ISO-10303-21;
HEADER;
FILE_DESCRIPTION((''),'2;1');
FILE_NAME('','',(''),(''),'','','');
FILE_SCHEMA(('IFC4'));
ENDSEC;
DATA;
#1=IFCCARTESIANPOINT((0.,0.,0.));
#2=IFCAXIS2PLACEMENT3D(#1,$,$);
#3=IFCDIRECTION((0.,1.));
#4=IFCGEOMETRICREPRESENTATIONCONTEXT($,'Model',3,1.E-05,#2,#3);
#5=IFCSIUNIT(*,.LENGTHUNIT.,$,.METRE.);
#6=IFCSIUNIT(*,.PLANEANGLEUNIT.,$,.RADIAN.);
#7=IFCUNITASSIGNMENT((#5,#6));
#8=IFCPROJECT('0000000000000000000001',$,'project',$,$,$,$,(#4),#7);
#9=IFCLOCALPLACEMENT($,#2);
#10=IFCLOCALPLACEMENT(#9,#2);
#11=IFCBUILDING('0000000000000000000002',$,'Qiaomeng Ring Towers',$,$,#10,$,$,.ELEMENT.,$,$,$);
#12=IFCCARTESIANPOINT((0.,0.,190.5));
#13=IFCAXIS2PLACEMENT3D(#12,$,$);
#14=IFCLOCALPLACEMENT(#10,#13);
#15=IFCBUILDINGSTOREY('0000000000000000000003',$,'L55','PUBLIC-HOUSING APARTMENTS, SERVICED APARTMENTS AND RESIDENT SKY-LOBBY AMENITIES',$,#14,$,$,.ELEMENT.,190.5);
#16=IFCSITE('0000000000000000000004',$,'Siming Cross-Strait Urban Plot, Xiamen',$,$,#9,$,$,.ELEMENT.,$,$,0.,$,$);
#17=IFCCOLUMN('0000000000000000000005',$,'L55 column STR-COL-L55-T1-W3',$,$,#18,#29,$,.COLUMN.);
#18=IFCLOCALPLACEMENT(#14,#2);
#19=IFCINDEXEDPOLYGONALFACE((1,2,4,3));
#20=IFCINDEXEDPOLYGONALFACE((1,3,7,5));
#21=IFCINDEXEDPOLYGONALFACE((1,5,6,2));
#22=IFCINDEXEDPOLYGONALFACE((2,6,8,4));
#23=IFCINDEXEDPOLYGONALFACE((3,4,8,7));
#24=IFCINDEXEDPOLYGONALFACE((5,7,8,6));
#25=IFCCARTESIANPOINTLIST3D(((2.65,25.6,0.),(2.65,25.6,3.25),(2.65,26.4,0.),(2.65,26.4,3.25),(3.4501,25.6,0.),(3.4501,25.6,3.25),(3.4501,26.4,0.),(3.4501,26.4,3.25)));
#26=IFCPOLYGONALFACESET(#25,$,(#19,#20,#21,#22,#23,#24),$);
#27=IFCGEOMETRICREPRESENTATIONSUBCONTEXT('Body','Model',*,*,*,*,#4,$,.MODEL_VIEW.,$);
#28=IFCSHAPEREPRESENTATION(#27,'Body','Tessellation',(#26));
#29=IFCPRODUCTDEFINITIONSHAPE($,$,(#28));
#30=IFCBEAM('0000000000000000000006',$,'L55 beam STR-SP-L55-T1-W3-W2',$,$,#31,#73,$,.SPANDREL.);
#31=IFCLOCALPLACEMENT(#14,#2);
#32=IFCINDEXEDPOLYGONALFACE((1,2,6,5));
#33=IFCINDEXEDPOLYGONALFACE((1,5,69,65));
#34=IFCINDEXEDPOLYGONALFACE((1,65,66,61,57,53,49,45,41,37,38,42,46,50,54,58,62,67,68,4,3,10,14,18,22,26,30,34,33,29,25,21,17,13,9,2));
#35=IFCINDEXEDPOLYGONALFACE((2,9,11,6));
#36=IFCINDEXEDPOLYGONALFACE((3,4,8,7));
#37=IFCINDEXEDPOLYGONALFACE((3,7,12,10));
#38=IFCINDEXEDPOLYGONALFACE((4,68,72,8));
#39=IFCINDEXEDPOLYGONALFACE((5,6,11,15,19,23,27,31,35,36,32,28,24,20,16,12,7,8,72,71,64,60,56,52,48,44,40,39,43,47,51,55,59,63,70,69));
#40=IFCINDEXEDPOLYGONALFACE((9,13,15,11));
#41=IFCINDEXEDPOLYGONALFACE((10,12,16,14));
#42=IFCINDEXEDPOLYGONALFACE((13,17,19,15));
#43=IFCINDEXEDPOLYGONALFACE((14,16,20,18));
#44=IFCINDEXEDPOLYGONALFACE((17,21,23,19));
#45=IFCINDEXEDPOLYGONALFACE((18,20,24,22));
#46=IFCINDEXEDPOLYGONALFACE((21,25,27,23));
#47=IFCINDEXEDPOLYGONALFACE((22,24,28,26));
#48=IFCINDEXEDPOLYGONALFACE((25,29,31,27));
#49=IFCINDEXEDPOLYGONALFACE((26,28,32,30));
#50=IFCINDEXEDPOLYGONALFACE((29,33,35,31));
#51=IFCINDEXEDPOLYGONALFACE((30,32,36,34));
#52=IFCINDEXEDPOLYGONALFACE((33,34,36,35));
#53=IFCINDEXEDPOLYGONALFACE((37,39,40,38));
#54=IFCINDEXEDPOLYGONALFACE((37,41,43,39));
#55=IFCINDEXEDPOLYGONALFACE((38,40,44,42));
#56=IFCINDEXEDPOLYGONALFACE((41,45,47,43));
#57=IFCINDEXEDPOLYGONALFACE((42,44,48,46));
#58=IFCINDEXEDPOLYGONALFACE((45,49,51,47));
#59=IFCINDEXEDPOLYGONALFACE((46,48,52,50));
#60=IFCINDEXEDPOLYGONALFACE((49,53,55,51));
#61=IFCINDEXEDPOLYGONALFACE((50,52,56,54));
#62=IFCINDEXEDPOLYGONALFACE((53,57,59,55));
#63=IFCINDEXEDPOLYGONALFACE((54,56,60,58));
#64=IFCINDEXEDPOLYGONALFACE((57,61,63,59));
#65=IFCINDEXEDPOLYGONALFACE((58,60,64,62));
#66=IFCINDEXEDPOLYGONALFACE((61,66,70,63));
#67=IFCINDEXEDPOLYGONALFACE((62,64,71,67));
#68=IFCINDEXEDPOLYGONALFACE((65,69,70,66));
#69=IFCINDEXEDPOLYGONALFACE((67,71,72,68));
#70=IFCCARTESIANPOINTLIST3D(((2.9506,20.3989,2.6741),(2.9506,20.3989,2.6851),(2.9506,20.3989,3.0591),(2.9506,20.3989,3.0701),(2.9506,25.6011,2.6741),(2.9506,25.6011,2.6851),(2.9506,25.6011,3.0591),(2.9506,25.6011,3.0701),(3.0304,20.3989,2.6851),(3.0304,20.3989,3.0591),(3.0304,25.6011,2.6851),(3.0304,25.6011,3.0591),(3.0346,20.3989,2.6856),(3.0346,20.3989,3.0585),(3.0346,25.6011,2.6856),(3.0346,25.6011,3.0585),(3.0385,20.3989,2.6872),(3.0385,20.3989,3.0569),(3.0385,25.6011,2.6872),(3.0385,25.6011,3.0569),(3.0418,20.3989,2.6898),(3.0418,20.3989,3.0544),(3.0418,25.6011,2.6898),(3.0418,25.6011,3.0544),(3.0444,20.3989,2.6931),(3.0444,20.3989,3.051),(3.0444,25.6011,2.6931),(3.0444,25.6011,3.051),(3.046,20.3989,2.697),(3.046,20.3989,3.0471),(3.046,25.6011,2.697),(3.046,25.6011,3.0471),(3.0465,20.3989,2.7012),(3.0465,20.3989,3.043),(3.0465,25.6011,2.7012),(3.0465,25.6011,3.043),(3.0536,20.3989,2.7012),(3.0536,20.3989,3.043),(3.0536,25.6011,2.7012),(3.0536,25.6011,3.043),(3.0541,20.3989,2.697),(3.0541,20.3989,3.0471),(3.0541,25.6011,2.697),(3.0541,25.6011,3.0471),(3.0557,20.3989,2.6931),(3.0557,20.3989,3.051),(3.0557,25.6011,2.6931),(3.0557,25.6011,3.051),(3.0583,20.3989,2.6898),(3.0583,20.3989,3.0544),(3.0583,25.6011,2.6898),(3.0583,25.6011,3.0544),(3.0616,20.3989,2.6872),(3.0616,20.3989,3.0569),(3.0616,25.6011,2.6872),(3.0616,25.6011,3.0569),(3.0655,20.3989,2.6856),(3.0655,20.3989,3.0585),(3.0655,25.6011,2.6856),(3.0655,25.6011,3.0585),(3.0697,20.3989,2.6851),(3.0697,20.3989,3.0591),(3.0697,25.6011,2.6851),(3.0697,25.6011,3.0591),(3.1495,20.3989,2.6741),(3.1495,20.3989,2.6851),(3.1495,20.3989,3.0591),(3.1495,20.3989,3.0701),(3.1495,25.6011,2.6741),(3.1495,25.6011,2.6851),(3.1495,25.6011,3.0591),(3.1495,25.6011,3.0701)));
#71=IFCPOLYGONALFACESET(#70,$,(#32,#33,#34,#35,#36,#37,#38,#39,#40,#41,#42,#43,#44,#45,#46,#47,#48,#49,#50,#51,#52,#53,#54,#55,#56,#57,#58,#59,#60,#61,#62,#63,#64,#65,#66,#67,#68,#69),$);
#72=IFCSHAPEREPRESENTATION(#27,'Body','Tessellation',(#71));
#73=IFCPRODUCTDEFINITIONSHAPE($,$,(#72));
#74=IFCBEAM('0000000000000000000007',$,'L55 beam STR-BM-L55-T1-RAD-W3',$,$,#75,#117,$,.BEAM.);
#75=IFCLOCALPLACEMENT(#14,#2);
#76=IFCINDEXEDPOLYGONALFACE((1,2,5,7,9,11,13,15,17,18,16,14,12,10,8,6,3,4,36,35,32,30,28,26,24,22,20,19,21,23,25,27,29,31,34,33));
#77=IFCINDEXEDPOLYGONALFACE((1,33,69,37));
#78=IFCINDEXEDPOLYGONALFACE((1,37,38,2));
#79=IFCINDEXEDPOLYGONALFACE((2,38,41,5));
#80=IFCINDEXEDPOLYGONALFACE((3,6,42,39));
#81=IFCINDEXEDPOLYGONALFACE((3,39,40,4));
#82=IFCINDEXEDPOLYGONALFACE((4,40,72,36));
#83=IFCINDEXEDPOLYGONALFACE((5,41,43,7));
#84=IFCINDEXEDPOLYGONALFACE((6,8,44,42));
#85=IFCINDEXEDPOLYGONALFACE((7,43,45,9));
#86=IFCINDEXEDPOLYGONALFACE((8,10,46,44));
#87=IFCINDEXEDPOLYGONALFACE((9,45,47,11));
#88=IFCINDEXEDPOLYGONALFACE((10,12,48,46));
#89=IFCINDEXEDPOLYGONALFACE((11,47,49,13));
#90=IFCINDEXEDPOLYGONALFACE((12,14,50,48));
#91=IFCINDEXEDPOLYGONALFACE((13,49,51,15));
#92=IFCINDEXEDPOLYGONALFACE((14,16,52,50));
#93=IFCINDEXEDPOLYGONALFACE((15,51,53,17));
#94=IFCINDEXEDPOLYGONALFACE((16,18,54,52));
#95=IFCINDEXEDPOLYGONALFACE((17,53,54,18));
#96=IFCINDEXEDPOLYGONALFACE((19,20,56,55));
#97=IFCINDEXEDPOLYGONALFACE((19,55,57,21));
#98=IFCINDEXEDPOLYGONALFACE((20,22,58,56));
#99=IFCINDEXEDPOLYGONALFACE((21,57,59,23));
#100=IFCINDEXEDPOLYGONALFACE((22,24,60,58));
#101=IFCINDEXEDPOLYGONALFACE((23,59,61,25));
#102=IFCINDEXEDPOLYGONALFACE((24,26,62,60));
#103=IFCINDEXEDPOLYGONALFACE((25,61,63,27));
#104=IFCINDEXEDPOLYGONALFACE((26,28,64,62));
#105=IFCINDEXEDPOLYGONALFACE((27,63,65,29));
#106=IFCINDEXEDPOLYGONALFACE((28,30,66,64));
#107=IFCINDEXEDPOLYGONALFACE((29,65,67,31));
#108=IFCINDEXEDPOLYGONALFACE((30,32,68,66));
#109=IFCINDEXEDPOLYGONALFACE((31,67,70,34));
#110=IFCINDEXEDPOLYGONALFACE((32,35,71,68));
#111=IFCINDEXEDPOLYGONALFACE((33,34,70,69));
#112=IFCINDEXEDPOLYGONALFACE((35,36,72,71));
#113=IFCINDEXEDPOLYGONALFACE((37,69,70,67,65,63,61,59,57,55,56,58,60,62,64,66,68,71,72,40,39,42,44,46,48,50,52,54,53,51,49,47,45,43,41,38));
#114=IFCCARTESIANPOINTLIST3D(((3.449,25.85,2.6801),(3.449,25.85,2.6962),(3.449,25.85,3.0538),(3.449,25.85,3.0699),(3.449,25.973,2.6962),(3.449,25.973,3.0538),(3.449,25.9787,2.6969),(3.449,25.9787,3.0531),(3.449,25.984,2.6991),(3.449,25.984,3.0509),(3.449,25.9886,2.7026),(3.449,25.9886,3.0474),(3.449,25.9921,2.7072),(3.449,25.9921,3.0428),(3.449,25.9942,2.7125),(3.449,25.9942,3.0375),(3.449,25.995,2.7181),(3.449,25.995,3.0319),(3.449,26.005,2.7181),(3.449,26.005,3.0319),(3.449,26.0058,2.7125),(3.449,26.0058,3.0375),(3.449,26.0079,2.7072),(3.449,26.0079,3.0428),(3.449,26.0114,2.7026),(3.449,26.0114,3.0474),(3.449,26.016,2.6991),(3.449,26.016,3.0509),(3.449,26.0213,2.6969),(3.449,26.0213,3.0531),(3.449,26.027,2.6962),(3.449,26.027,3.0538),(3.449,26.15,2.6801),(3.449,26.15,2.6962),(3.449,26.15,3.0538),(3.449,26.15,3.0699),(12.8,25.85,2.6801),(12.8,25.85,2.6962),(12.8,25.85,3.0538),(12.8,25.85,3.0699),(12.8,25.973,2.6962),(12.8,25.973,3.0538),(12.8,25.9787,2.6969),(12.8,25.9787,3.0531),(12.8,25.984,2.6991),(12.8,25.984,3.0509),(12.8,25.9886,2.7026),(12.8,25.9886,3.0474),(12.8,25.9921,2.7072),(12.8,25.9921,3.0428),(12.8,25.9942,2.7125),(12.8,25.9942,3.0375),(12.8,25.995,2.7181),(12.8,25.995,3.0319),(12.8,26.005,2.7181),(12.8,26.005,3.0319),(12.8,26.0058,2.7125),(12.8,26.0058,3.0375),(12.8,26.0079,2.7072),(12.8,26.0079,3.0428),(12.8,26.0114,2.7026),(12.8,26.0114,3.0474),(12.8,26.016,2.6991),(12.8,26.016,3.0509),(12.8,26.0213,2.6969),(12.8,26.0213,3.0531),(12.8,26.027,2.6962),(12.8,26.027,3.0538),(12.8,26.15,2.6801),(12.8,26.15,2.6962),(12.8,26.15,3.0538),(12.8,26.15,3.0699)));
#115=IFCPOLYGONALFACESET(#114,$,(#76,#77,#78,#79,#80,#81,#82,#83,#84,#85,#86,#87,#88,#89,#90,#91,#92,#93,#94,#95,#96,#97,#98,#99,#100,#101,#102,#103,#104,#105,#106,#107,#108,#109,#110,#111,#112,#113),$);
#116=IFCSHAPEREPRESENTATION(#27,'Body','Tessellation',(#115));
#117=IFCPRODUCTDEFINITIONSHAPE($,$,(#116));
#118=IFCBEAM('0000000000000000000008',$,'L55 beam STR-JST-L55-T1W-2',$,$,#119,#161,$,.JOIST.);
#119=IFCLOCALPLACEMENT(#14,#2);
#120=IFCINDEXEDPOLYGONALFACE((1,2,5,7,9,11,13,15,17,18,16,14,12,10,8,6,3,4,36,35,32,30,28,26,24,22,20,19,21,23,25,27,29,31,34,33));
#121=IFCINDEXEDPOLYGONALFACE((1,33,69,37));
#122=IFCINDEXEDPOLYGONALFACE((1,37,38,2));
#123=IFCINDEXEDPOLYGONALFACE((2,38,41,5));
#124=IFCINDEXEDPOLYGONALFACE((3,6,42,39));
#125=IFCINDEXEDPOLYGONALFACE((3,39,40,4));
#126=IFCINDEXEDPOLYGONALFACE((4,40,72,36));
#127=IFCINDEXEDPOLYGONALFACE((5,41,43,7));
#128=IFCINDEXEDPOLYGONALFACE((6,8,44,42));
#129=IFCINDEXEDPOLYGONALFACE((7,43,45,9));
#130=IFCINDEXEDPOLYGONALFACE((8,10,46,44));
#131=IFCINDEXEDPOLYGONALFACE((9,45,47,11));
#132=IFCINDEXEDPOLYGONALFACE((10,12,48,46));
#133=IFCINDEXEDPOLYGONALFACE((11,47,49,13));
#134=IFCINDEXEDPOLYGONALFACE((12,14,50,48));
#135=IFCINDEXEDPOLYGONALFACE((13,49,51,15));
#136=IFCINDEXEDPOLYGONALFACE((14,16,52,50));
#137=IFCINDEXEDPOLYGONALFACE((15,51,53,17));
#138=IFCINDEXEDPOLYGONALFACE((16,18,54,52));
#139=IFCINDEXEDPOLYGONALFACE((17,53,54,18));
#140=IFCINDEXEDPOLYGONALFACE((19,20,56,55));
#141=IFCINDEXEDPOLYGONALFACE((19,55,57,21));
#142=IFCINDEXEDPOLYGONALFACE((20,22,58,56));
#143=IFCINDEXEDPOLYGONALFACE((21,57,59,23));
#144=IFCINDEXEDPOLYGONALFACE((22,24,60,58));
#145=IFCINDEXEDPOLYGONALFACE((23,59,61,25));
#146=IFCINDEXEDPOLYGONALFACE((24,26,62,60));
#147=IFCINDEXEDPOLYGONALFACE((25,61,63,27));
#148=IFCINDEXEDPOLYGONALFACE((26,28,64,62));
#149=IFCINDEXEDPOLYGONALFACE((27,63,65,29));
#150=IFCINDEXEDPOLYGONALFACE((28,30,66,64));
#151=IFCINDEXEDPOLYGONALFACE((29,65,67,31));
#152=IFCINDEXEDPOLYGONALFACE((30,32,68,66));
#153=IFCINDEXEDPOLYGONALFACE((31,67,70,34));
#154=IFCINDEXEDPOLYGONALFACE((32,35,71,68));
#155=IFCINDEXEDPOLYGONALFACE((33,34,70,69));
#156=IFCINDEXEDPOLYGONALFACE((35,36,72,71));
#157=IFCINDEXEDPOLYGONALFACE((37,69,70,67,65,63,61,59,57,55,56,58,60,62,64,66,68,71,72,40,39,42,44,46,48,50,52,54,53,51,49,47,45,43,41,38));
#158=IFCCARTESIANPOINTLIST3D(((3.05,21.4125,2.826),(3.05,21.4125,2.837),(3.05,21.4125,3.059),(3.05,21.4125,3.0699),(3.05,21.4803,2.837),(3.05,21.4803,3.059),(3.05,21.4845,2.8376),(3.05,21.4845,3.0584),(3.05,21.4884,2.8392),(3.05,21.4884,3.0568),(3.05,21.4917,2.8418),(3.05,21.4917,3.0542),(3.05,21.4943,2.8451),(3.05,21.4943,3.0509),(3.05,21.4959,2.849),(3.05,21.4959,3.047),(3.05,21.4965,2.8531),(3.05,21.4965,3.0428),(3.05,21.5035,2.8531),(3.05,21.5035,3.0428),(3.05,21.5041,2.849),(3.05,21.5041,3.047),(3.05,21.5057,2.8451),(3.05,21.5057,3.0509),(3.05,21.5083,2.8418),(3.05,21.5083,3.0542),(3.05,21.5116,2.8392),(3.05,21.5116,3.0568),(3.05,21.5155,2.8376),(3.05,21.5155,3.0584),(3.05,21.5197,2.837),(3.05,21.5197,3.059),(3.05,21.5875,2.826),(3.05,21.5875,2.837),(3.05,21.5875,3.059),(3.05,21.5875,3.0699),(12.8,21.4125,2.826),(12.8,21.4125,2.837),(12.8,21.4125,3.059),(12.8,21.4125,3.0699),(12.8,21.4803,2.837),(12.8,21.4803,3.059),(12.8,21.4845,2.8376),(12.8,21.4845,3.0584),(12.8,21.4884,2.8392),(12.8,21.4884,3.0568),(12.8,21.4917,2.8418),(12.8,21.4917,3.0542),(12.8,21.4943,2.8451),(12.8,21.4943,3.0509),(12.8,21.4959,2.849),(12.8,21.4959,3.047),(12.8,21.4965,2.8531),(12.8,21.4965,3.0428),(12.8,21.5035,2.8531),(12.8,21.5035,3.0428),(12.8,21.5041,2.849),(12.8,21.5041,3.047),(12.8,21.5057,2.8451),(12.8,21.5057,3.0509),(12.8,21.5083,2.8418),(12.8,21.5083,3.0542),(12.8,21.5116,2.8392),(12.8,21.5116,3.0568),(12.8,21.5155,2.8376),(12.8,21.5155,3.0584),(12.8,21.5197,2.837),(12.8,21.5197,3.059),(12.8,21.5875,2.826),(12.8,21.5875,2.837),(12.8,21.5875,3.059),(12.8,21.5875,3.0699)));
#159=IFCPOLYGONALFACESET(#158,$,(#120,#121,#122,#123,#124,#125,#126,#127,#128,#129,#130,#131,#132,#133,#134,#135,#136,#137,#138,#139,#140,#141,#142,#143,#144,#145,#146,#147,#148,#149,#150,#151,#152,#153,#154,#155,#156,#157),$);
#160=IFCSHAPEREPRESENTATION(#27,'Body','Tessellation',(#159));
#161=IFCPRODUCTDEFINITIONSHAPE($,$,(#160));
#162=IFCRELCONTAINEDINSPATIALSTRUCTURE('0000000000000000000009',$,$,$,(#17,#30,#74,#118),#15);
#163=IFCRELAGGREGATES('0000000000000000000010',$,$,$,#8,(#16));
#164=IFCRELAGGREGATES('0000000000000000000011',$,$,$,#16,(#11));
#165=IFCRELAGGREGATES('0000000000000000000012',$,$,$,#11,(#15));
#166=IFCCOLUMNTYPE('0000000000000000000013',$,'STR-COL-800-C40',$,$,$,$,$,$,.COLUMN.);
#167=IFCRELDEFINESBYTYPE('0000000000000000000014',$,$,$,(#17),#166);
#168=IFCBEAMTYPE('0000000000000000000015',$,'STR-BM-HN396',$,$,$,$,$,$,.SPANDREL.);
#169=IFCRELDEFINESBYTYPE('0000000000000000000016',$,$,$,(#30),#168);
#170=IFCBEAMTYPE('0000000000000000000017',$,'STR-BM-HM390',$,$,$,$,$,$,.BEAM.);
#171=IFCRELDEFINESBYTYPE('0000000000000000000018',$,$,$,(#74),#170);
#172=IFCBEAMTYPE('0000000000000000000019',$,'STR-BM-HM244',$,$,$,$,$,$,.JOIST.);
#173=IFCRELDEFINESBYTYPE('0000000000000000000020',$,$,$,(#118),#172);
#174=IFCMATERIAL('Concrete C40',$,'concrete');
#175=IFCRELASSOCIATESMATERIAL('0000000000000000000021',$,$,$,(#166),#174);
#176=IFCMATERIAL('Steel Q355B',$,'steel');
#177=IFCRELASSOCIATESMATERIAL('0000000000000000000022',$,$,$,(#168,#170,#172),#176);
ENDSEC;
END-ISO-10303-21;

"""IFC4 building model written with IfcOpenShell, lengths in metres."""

from ifc_helpers import new_model, si_unit, direction, frame, origin, origin_2d, place, context, subcontext, project, spatial, rectangle, i_section, extrude, source, transform, mapped, material, material_profile, profile_set, type_object, element, save


model = new_model("IFC4")

# Units and contexts
model_context = context("Model", 3, precision=1e-05, world=origin(), true_north=direction((0.0, 1.0)))
body_context = subcontext(model_context, "Body", "Model", "MODEL_VIEW")
ifc_project = project(units=[si_unit("LENGTHUNIT", "METRE"), si_unit("PLANEANGLEUNIT", "RADIAN")], contexts=[model_context])

# Site, building, storey
site_placement = place(None, origin())
site = spatial("IfcSite", under=ifc_project, at=site_placement, Name="Siming Cross-Strait Urban Plot, Xiamen", CompositionType="ELEMENT", RefElevation=0.0)
building_placement = place(site_placement, origin())
building = spatial("IfcBuilding", under=site, at=building_placement, Name="Qiaomeng Ring Towers", CompositionType="ELEMENT")
storey_placement = place(building_placement, frame((0.0, 0.0, 190.5)))
storey = spatial("IfcBuildingStorey", under=building, at=storey_placement, Name="L55", Description="PUBLIC-HOUSING APARTMENTS, SERVICED APARTMENTS AND RESIDENT SKY-LOBBY AMENITIES", CompositionType="ELEMENT", Elevation=190.5)

# Column
ifc_material_1 = material(Name="Concrete C40", Category="concrete")
ifc_material_profile_1 = material_profile(ifc_material_1, rectangle(XDim=0.8, YDim=0.8, at=origin_2d()), Name="RC COL 800x800")
ifc_profile_set_1 = profile_set([ifc_material_profile_1], Name="Concrete C40")
column_type = type_object("IfcColumnType", Name="STR-COL-800-C40", PredefinedType="COLUMN", material=ifc_profile_set_1)
shared_shape_1 = source(origin(), body_context, "Body", "SweptSolid", [
    extrude(rectangle(XDim=0.8, YDim=0.8, at=origin_2d()), origin(), (0.0, 0.0, 1.0), 3.25),
])
column_placement = place(storey_placement, frame((3.05, 26.0, 0.0), z_axis=(0.0, 0.0, 1.0), x_axis=(1.0, 0.0, 0.0)))
element("IfcColumn", 1, at=column_placement, inside=storey, type_object=column_type, Name="L55 column STR-COL-L55-T1-W3", PredefinedType="COLUMN", context=body_context, shape_type="MappedRepresentation", body=[
    mapped(shared_shape_1, transform((0.0, 0.0, 0.0), x_axis=(1.0, 0.0, 0.0), y_axis=(0.0, 1.0, 0.0), z_axis=(0.0, 0.0, 1.0), scale=1.0)),
])

# Beams
ifc_material_2 = material(Name="Steel Q355B", Category="steel")
ifc_material_profile_2 = material_profile(ifc_material_2, i_section(OverallWidth=0.199, OverallDepth=0.396, WebThickness=0.0071, FlangeThickness=0.011, FilletRadius=0.0161, at=origin_2d()), Name="HN 396x199x7x11")
ifc_profile_set_2 = profile_set([ifc_material_profile_2], Name="Steel Q355B")
beam_type_1 = type_object("IfcBeamType", Name="STR-BM-HN396", PredefinedType="SPANDREL", material=ifc_profile_set_2)
shared_shape_2 = source(origin(), body_context, "Body", "SweptSolid", [
    extrude(i_section(OverallWidth=0.199, OverallDepth=0.396, WebThickness=0.0071, FlangeThickness=0.011, FilletRadius=0.0161, at=origin_2d()), origin(), (0.0, 0.0, 1.0), 5.2021),
])
beam_1_placement = place(storey_placement, frame((3.05, 25.6011, 2.8721), z_axis=(0.0, -1.0, 0.0), x_axis=(1.0, 0.0, 0.0)))
element("IfcBeam", 2, at=beam_1_placement, inside=storey, type_object=beam_type_1, Name="L55 beam STR-SP-L55-T1-W3-W2", PredefinedType="SPANDREL", context=body_context, shape_type="MappedRepresentation", body=[
    mapped(shared_shape_2, transform((0.0, 0.0, 0.0), x_axis=(1.0, 0.0, 0.0), y_axis=(0.0, 1.0, 0.0), z_axis=(0.0, 0.0, 1.0), scale=1.0)),
])
ifc_material_profile_3 = material_profile(ifc_material_2, i_section(OverallWidth=0.3, OverallDepth=0.3899, WebThickness=0.01, FlangeThickness=0.0161, FilletRadius=0.022, at=origin_2d()), Name="HM 390x300x10x16")
ifc_profile_set_3 = profile_set([ifc_material_profile_3], Name="Steel Q355B")
beam_type_2 = type_object("IfcBeamType", Name="STR-BM-HM390", PredefinedType="BEAM", material=ifc_profile_set_3)
shared_shape_3 = source(origin(), body_context, "Body", "SweptSolid", [
    extrude(i_section(OverallWidth=0.3, OverallDepth=0.3899, WebThickness=0.01, FlangeThickness=0.0161, FilletRadius=0.022, at=origin_2d()), origin(), (0.0, 0.0, 1.0), 9.3511),
])
beam_2_placement = place(storey_placement, frame((3.449, 26.0, 2.875), z_axis=(1.0, 0.0, 0.0), x_axis=(0.0, 1.0, 0.0)))
element("IfcBeam", 3, at=beam_2_placement, inside=storey, type_object=beam_type_2, Name="L55 beam STR-BM-L55-T1-RAD-W3", PredefinedType="BEAM", context=body_context, shape_type="MappedRepresentation", body=[
    mapped(shared_shape_3, transform((0.0, 0.0, 0.0), x_axis=(1.0, 0.0, 0.0), y_axis=(0.0, 1.0, 0.0), z_axis=(0.0, 0.0, 1.0), scale=1.0)),
])
ifc_material_profile_4 = material_profile(ifc_material_2, i_section(OverallWidth=0.175, OverallDepth=0.2439, WebThickness=0.0071, FlangeThickness=0.011, FilletRadius=0.0161, at=origin_2d()), Name="HM 244x175x7x11")
ifc_profile_set_4 = profile_set([ifc_material_profile_4], Name="Steel Q355B")
beam_type_3 = type_object("IfcBeamType", Name="STR-BM-HM244", PredefinedType="JOIST", material=ifc_profile_set_4)
shared_shape_4 = source(origin(), body_context, "Body", "SweptSolid", [
    extrude(i_section(OverallWidth=0.175, OverallDepth=0.2439, WebThickness=0.0071, FlangeThickness=0.011, FilletRadius=0.0161, at=origin_2d()), origin(), (0.0, 0.0, 1.0), 9.75),
])
for number, where, z_axis, x_axis, name in (
    (4, (3.05, 21.5, 2.948), (1.0, 0.0, 0.0), (0.0, 1.0, 0.0), "L55 beam STR-JST-L55-T1W-2"),
):
    element("IfcBeam", number, at=place(storey_placement, frame(where, z_axis=z_axis, x_axis=x_axis)), inside=storey, type_object=beam_type_3, Name=name, PredefinedType="JOIST", context=body_context, shape_type="MappedRepresentation", body=[
        mapped(shared_shape_4, transform((0.0, 0.0, 0.0), x_axis=(1.0, 0.0, 0.0), y_axis=(0.0, 1.0, 0.0), z_axis=(0.0, 0.0, 1.0), scale=1.0)),
    ])

save(model, "model.ifc")
